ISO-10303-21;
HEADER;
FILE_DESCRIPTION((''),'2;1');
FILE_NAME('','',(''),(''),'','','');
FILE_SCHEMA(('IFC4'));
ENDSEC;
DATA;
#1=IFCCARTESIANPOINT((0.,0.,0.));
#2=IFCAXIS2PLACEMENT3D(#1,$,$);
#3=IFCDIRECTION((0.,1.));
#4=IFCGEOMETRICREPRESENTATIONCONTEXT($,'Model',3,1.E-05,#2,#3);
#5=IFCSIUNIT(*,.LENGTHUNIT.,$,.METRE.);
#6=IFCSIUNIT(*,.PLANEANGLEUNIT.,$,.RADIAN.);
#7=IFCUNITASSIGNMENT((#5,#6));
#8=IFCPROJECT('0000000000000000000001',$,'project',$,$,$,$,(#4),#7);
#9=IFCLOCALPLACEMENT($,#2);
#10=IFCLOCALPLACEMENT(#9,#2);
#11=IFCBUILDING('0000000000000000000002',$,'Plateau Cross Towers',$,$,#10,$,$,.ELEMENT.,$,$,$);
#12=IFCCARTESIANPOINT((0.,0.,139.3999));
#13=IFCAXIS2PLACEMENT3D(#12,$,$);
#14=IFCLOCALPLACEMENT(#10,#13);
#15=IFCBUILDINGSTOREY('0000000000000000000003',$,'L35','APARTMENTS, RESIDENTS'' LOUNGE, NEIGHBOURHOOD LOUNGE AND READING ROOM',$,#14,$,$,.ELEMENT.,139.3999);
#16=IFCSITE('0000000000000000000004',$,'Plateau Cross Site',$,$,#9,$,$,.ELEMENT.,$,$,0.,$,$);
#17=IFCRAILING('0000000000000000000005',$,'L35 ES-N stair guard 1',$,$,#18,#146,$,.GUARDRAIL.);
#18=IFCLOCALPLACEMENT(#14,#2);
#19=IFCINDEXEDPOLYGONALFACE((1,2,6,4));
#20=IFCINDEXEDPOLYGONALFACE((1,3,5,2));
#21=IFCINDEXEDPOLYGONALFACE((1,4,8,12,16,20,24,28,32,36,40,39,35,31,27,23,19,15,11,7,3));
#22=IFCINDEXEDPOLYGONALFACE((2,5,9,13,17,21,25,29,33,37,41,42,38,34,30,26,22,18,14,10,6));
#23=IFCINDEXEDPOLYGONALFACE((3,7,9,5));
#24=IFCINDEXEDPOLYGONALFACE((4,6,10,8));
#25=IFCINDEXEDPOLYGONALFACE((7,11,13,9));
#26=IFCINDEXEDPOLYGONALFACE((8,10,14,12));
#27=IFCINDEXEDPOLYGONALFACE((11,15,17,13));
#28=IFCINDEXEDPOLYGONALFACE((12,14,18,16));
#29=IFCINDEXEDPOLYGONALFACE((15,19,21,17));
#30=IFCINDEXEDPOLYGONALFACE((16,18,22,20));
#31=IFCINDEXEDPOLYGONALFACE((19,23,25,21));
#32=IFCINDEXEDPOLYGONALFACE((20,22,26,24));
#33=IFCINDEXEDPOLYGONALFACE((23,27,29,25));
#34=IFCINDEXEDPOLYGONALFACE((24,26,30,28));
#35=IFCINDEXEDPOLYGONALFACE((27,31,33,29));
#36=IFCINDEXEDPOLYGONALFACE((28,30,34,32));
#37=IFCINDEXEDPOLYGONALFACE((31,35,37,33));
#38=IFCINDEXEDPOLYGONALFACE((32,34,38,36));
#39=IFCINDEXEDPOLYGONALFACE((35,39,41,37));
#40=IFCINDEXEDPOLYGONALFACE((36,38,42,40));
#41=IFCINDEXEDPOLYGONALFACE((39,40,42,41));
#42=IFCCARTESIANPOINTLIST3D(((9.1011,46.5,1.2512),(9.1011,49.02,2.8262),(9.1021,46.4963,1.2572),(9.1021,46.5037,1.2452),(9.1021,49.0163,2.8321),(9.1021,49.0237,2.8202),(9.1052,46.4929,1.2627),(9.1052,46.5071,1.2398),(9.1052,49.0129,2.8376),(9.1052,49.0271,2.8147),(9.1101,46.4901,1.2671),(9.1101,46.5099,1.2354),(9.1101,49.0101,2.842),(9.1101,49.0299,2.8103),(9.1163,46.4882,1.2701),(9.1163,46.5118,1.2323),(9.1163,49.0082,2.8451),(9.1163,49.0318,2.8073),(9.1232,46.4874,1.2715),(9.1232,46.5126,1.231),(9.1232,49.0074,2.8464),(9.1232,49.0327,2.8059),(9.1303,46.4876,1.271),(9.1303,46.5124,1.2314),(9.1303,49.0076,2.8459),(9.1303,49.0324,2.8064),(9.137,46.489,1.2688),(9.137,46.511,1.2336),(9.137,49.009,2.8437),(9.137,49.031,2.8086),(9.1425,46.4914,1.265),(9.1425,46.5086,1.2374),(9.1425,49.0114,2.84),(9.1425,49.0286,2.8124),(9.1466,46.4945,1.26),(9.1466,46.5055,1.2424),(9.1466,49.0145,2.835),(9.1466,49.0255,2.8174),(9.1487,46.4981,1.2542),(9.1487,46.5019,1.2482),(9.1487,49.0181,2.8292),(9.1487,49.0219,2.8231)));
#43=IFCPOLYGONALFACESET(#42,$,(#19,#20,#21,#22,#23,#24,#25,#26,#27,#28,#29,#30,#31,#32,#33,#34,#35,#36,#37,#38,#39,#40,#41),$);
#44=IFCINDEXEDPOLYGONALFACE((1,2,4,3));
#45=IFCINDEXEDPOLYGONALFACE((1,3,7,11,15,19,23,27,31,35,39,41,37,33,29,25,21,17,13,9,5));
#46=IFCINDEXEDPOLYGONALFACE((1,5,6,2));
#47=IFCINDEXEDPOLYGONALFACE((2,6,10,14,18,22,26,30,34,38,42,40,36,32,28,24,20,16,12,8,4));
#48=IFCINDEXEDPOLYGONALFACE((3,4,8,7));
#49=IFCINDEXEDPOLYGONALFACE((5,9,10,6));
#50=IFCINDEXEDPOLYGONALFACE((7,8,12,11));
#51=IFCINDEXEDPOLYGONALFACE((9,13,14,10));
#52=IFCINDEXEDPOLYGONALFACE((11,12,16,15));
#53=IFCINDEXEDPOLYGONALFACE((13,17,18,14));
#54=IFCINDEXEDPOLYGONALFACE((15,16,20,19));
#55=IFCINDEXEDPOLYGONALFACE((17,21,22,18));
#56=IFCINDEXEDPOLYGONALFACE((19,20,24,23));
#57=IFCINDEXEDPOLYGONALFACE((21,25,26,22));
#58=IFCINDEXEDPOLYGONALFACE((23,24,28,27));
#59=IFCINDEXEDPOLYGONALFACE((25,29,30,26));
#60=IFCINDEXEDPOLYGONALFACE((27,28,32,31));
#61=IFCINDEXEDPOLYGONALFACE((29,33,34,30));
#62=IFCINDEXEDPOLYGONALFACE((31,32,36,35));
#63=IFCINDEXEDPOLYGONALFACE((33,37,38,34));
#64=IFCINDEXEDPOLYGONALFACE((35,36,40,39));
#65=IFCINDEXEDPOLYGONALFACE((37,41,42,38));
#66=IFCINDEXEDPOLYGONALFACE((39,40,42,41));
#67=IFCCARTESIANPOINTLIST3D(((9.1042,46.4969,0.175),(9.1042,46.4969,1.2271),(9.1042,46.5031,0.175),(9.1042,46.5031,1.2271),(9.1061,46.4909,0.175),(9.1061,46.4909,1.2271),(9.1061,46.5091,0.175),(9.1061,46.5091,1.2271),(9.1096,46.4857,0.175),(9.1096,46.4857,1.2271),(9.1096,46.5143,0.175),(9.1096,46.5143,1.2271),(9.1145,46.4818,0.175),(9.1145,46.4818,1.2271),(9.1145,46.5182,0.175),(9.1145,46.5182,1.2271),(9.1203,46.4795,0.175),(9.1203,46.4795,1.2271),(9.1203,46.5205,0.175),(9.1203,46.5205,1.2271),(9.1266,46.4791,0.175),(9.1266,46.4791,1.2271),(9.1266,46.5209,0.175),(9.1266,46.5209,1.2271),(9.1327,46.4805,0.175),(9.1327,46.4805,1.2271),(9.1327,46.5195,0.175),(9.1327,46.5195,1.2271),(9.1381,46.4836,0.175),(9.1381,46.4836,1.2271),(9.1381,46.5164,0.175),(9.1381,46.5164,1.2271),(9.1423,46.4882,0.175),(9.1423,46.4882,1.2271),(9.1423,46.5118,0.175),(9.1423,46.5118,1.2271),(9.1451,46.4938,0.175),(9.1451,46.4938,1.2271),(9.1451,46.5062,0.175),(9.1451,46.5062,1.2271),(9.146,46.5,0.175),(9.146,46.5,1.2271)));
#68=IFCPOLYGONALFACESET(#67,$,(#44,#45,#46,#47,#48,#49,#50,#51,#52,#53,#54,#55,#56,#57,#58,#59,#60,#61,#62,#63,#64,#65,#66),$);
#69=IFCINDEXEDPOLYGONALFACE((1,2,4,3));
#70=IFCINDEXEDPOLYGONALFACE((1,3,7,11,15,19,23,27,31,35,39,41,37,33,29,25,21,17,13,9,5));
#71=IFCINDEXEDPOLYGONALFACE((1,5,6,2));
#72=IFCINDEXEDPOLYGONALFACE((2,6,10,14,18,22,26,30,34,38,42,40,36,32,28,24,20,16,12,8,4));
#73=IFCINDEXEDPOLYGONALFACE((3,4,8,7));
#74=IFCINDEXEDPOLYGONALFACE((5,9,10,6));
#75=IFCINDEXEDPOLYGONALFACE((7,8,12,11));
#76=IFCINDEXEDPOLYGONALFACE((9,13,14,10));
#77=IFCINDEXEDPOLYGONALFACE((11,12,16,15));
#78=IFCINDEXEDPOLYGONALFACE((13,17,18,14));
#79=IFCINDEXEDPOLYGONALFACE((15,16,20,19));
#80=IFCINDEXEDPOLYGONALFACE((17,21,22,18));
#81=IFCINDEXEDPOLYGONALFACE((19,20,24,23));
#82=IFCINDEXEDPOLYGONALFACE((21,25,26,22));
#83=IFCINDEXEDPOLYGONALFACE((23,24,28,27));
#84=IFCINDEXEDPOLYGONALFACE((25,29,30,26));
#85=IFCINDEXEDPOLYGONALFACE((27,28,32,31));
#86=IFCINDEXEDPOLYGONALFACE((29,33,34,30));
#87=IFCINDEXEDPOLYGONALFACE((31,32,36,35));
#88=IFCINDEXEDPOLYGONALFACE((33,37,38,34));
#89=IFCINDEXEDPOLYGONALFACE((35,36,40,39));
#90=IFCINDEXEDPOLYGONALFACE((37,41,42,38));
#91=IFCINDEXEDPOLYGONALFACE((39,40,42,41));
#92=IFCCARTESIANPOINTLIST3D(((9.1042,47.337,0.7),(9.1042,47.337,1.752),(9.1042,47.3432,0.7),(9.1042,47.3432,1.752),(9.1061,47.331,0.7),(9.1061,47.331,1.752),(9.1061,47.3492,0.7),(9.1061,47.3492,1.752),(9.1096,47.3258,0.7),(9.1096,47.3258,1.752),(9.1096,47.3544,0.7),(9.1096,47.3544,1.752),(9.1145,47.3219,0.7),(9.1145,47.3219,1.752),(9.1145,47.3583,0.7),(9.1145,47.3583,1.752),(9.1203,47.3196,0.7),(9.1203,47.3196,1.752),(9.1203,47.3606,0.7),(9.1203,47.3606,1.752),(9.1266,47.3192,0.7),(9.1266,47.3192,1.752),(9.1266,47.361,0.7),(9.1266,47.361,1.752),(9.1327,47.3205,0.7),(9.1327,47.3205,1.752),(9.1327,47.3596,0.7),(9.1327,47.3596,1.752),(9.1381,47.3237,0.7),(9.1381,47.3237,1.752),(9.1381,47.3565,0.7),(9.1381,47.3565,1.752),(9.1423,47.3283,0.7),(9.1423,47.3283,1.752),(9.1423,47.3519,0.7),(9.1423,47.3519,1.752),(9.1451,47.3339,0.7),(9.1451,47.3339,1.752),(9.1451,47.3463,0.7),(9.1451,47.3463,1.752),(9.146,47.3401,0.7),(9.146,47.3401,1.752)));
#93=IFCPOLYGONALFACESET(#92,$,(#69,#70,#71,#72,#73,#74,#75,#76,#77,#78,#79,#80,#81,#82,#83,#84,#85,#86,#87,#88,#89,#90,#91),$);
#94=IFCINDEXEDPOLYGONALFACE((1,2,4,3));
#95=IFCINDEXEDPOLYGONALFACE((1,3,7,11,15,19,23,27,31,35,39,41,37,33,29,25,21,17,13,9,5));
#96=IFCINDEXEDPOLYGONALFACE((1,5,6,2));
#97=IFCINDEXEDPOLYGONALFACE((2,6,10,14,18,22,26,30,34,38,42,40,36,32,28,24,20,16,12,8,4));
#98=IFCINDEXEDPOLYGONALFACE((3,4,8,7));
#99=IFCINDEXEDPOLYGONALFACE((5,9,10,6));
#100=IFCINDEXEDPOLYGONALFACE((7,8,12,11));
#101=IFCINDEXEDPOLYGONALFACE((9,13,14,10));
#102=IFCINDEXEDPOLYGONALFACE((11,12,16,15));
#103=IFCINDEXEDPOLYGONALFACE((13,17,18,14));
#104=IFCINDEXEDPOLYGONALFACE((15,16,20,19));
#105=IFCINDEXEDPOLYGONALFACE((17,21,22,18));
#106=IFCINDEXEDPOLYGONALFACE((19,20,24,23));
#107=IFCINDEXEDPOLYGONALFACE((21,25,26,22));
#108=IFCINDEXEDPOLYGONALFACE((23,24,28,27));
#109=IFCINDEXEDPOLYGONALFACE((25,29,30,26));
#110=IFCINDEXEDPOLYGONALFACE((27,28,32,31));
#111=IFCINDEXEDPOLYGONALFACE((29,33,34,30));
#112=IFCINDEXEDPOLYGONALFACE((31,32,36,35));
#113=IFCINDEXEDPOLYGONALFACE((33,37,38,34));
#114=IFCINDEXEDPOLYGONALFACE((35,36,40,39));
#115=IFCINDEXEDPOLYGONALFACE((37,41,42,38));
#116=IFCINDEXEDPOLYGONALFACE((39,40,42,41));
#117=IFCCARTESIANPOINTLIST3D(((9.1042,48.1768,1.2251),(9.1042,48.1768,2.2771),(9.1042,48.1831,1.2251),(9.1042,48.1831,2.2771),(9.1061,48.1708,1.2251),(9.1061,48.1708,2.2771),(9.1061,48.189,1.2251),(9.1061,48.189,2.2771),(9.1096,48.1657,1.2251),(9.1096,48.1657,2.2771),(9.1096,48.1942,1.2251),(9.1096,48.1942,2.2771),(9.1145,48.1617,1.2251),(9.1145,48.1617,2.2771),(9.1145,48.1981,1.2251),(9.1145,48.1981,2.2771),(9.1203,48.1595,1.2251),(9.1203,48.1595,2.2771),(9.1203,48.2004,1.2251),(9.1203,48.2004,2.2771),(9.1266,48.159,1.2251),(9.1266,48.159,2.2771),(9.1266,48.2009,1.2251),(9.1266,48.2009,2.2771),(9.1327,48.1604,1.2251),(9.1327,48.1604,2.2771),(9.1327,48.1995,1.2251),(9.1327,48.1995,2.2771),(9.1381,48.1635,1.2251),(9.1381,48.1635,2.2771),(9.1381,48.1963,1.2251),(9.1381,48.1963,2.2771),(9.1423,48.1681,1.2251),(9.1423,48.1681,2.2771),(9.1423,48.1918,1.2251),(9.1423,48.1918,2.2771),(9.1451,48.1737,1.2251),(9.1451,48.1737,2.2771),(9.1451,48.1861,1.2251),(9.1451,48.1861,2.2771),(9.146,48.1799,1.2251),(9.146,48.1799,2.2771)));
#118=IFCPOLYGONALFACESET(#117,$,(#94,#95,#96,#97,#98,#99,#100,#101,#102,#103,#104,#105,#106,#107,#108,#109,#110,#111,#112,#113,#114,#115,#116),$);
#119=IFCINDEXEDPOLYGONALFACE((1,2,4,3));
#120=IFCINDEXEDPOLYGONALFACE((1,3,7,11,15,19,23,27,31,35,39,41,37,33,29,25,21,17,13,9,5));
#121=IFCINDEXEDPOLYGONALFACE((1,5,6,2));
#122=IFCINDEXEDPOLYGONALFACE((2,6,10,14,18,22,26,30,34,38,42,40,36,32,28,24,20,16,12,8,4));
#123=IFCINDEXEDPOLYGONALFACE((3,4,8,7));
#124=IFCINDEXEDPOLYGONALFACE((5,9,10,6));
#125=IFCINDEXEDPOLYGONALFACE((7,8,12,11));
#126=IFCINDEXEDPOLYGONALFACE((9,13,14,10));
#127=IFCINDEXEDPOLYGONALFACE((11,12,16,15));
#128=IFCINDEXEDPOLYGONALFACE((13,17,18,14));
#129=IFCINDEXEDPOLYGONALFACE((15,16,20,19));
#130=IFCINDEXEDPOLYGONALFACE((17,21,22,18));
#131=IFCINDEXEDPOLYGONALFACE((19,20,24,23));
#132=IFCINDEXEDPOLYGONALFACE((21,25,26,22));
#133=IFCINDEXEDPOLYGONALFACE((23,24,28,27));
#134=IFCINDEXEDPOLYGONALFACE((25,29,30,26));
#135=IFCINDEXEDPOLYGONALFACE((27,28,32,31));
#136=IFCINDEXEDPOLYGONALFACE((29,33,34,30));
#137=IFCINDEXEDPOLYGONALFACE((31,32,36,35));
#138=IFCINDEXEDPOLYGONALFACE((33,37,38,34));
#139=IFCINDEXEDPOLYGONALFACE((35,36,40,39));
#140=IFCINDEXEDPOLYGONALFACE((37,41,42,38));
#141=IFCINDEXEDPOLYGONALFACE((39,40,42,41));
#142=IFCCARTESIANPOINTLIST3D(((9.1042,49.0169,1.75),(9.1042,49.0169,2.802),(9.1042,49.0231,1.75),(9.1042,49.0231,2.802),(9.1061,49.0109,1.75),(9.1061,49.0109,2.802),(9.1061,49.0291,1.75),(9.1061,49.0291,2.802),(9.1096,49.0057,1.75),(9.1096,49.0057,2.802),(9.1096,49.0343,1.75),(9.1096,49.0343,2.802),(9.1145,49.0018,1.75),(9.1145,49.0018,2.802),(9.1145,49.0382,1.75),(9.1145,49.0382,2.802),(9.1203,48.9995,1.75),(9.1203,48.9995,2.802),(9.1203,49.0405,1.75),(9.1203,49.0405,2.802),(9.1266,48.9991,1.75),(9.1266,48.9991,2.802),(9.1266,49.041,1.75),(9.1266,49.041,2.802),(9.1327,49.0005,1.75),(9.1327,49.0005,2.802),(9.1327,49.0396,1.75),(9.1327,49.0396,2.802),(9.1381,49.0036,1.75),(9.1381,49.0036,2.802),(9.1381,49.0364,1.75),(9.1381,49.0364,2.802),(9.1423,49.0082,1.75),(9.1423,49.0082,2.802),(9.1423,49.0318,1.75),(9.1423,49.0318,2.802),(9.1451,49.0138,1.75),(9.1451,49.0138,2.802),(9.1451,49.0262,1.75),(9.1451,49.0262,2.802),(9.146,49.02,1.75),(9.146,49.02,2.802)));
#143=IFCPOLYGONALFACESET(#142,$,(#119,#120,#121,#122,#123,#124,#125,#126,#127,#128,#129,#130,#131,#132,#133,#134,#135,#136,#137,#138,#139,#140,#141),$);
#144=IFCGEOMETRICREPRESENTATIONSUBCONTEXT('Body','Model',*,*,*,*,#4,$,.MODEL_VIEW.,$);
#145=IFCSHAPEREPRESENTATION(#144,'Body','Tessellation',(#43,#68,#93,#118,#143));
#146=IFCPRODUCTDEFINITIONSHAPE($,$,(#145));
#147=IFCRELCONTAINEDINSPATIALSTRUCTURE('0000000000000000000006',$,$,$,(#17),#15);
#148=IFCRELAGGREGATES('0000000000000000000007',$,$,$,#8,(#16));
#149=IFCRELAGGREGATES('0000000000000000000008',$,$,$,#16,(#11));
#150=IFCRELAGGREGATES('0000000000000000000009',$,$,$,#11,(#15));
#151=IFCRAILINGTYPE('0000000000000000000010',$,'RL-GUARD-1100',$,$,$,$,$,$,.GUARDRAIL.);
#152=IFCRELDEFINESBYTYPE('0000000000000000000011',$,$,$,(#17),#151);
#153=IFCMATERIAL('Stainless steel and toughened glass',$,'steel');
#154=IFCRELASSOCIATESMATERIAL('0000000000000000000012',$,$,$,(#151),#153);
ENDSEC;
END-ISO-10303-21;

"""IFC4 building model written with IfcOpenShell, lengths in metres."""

from ifc_helpers import new_model, si_unit, direction, frame, origin, origin_2d, place, context, subcontext, project, spatial, circle, extrude, material, type_object, element, save


model = new_model("IFC4")

# Units and contexts
model_context = context("Model", 3, precision=1e-05, world=origin(), true_north=direction((0.0, 1.0)))
body_context = subcontext(model_context, "Body", "Model", "MODEL_VIEW")
ifc_project = project(units=[si_unit("LENGTHUNIT", "METRE"), si_unit("PLANEANGLEUNIT", "RADIAN")], contexts=[model_context])

# Site, building, storey
site_placement = place(None, origin())
site = spatial("IfcSite", under=ifc_project, at=site_placement, Name="Plateau Cross Site", CompositionType="ELEMENT", RefElevation=0.0)
building_placement = place(site_placement, origin())
building = spatial("IfcBuilding", under=site, at=building_placement, Name="Plateau Cross Towers", CompositionType="ELEMENT")
storey_placement = place(building_placement, frame((0.0, 0.0, 139.3999)))
storey = spatial("IfcBuildingStorey", under=building, at=storey_placement, Name="L35", Description="APARTMENTS, RESIDENTS' LOUNGE, NEIGHBOURHOOD LOUNGE AND READING ROOM", CompositionType="ELEMENT", Elevation=139.3999)

# Railing
ifc_material_1 = material(Name="Stainless steel and toughened glass", Category="steel")
railing_type_1 = type_object("IfcRailingType", Name="RL-GUARD-1100", PredefinedType="GUARDRAIL", material=ifc_material_1)
railing_1_placement = place(storey_placement, frame((9.125, 46.5, 0.175)))
element("IfcRailing", 1, at=railing_1_placement, inside=storey, type_object=railing_type_1, Name="L35 ES-N stair guard 1", PredefinedType="GUARDRAIL", context=body_context, shape_type="SweptSolid", body=[
    extrude(circle(Radius=0.0239, at=origin_2d()), frame((0.0, 0.0, 1.0762), z_axis=(0.0, 0.848008, 0.529984), x_axis=(-1.0, 0.0, 0.0)), (0.0, 0.0, 1.0), 2.9717),
    extrude(circle(Radius=0.021, at=origin_2d()), origin(), (0.0, 0.0, 1.0), 1.052),
    extrude(circle(Radius=0.021, at=origin_2d()), frame((0.0, 0.8401, 0.5249)), (0.0, 0.0, 1.0), 1.052),
    extrude(circle(Radius=0.021, at=origin_2d()), frame((0.0, 1.6799, 1.05)), (0.0, 0.0, 1.0), 1.052),
    extrude(circle(Radius=0.021, at=origin_2d()), frame((0.0, 2.52, 1.575)), (0.0, 0.0, 1.0), 1.052),
])

save(model, "model.ifc")
